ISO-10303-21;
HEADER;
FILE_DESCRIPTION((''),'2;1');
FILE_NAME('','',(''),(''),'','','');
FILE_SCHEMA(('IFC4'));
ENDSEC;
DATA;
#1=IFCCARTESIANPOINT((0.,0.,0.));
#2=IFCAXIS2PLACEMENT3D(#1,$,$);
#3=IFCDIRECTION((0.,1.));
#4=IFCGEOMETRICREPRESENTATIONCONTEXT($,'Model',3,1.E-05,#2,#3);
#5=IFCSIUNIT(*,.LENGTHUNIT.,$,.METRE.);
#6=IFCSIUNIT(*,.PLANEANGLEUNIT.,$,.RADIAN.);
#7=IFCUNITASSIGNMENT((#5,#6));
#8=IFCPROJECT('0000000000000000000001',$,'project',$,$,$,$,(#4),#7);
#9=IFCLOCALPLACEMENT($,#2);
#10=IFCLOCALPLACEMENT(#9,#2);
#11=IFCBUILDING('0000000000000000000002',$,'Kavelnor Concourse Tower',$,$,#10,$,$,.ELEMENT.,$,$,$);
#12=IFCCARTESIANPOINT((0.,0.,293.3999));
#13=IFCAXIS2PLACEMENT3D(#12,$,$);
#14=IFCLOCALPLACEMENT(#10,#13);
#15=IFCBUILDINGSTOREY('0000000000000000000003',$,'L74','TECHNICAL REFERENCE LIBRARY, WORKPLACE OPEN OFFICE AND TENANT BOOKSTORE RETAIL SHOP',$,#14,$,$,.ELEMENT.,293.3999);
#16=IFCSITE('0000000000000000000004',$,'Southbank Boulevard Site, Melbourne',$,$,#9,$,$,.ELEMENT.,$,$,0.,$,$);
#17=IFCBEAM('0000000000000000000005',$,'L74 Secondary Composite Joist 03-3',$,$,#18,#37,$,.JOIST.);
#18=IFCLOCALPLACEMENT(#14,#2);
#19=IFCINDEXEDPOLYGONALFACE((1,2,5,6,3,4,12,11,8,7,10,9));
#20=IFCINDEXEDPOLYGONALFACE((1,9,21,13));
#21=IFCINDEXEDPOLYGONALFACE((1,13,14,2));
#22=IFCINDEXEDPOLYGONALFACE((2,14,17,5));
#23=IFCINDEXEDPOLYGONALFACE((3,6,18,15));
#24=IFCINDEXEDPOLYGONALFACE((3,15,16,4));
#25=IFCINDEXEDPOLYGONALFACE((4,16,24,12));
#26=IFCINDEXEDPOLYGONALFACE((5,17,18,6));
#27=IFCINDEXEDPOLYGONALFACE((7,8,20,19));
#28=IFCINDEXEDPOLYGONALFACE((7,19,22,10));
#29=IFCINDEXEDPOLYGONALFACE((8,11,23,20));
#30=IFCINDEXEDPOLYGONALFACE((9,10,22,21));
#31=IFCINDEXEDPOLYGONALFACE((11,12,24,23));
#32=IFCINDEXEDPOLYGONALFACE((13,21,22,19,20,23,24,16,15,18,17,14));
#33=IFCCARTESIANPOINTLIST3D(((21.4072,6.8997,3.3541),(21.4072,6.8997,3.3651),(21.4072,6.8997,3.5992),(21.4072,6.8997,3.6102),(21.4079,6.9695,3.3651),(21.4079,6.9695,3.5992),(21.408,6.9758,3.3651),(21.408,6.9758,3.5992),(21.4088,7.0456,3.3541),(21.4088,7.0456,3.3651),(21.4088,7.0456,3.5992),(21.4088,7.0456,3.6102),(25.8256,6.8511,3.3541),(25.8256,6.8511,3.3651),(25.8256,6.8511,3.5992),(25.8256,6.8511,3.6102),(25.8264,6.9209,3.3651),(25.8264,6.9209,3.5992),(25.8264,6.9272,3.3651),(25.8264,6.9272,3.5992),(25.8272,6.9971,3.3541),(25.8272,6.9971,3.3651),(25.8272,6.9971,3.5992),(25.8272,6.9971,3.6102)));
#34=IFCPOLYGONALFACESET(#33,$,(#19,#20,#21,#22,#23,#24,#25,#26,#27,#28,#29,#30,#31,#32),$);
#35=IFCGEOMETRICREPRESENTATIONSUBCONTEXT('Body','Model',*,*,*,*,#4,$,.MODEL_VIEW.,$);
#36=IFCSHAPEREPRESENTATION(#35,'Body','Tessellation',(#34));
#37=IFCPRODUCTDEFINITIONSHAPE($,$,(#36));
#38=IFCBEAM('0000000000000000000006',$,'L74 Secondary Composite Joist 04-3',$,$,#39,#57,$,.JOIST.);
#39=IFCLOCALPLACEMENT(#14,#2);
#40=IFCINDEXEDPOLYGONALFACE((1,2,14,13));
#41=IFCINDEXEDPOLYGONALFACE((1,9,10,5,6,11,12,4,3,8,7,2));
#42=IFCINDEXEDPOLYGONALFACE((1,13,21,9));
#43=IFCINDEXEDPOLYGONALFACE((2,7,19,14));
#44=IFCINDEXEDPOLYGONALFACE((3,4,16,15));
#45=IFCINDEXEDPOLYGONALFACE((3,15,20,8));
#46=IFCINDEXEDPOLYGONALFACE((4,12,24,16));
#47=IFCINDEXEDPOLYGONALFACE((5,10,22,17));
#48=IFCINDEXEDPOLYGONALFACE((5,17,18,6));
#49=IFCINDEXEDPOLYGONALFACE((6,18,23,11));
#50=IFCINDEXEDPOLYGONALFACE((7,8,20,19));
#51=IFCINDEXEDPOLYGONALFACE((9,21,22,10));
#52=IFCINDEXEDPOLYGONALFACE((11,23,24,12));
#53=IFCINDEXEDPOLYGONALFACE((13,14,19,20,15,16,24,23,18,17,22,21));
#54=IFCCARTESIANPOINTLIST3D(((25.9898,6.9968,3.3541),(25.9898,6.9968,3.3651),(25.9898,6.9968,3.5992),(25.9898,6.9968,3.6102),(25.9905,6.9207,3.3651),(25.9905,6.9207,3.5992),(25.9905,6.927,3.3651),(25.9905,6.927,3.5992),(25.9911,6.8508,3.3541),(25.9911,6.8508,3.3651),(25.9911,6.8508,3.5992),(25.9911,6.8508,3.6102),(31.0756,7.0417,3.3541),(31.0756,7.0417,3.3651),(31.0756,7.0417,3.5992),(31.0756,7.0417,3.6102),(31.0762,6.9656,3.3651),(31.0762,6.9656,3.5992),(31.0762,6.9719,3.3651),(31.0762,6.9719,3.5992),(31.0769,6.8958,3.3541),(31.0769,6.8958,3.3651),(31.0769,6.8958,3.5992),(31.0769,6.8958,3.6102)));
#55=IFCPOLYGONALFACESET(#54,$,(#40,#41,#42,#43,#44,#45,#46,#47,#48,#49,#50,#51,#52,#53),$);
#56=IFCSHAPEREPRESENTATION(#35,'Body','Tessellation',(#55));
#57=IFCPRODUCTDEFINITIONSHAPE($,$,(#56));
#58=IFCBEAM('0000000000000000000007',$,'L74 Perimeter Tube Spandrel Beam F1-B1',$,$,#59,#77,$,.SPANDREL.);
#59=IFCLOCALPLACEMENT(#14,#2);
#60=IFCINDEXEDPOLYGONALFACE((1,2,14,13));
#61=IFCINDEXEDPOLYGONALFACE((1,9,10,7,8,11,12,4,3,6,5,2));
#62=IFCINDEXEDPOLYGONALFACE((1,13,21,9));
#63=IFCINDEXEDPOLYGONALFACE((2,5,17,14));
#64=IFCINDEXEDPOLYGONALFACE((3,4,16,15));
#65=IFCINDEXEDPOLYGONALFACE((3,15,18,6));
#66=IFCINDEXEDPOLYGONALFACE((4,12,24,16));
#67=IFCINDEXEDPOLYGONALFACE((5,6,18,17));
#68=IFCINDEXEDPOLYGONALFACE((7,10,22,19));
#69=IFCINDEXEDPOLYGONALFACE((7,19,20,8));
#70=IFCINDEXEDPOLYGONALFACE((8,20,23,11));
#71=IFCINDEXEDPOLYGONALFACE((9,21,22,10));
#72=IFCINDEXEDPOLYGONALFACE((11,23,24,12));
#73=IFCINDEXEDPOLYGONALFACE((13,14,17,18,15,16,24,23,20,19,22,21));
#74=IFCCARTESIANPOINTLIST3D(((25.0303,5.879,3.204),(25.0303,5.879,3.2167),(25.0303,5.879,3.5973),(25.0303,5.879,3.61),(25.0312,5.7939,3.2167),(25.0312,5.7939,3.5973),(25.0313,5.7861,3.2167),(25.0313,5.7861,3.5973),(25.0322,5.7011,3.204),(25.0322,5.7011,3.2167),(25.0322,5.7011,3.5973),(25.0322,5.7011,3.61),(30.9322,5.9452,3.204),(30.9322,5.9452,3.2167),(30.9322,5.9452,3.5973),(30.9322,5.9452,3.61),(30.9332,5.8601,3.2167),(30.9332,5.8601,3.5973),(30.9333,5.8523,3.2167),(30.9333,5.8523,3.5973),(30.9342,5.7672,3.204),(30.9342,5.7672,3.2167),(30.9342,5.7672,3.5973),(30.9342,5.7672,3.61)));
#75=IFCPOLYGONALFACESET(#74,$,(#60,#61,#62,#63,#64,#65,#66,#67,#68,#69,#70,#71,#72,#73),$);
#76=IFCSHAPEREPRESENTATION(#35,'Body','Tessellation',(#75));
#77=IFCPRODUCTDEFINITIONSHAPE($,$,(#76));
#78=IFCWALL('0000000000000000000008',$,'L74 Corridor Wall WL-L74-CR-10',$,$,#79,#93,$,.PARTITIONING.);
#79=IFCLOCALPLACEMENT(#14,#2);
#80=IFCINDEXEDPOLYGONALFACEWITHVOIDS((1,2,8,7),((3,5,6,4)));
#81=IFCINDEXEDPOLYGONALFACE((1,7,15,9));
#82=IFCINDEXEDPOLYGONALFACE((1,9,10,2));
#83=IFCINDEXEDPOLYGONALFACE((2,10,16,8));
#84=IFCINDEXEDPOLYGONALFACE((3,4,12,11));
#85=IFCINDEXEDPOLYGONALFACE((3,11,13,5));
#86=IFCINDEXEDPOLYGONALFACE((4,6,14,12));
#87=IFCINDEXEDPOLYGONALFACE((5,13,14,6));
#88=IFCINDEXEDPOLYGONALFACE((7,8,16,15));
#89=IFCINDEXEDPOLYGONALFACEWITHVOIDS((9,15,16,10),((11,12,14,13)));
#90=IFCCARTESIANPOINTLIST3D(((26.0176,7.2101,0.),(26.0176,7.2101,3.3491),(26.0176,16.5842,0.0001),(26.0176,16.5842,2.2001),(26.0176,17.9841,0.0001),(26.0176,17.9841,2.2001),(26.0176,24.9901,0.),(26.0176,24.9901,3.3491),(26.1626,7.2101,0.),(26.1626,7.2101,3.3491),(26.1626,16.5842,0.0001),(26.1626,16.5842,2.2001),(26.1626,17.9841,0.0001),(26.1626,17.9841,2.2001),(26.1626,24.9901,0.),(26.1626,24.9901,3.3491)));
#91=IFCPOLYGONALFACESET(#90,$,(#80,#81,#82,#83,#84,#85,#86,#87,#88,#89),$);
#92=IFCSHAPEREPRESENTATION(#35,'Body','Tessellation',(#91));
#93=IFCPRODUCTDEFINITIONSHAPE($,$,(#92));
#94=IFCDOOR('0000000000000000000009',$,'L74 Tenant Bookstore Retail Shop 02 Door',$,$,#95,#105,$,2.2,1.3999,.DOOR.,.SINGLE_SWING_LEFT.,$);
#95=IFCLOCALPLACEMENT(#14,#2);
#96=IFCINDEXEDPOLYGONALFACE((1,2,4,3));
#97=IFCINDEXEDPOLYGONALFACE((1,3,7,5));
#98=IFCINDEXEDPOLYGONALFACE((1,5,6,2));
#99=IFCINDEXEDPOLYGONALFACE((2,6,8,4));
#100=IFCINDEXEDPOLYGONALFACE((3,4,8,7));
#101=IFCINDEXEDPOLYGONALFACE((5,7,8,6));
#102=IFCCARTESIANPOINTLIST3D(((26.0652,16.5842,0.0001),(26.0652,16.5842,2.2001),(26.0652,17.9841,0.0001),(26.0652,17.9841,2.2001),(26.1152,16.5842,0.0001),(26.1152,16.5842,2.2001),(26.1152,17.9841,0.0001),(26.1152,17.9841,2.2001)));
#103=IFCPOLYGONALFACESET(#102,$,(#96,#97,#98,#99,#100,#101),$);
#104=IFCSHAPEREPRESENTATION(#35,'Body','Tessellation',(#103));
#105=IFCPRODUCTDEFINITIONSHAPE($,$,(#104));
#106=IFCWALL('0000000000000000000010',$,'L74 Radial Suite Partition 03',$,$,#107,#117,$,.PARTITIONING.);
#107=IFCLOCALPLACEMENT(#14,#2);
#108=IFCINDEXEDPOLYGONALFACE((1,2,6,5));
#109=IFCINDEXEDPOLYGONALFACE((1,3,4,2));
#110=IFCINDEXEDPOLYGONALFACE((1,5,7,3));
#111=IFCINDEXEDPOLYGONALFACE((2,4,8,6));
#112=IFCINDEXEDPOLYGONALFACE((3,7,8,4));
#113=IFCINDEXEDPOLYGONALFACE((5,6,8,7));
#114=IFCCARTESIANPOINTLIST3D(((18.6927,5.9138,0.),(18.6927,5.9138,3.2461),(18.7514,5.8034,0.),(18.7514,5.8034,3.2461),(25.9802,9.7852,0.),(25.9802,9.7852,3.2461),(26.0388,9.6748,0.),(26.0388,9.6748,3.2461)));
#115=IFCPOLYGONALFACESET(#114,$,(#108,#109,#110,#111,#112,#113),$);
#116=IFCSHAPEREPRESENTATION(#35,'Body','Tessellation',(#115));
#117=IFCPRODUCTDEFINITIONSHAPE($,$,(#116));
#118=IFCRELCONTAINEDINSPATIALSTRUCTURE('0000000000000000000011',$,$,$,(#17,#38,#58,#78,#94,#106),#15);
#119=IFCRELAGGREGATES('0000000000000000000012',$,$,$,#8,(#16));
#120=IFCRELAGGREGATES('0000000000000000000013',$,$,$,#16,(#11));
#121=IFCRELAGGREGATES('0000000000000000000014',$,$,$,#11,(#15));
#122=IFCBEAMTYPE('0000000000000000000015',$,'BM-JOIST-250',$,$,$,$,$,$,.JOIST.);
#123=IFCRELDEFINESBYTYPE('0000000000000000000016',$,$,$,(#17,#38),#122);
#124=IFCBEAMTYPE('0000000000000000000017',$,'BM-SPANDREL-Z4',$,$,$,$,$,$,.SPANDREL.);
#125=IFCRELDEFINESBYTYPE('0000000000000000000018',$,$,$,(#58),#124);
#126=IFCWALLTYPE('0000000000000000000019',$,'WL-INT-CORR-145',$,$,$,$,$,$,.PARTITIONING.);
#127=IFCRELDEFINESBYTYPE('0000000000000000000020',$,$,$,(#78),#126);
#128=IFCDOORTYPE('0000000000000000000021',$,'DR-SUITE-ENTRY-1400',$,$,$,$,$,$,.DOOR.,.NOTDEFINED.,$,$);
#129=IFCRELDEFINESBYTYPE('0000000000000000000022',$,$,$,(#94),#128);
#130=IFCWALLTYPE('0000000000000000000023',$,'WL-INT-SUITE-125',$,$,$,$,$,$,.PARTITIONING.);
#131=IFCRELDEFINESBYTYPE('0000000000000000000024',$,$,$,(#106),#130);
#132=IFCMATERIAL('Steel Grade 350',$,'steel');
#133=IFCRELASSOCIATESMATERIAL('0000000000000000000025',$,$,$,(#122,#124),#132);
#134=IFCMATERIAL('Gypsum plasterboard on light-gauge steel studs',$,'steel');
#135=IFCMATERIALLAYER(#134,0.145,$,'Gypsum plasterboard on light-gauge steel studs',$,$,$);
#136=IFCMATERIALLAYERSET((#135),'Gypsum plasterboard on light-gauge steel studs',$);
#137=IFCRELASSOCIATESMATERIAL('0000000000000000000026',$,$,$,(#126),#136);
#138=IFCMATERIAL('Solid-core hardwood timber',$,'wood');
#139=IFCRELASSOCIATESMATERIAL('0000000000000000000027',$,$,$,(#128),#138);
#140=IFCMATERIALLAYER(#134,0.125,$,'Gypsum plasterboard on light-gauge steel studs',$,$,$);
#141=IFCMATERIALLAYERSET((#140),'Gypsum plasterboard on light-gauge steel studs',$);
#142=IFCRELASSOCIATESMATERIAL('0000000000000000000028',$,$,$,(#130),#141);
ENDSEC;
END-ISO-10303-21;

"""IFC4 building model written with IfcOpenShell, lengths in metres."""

from ifc_helpers import new_model, si_unit, direction, frame, frame_2d, origin, origin_2d, place, context, subcontext, project, spatial, rectangle, i_section, extrude, material, layer, layer_set, material_profile, profile_set, type_object, element, fill, save


model = new_model("IFC4")

# Units and contexts
model_context = context("Model", 3, precision=1e-05, world=origin(), true_north=direction((0.0, 1.0)))
body_context = subcontext(model_context, "Body", "Model", "MODEL_VIEW")
ifc_project = project(units=[si_unit("LENGTHUNIT", "METRE"), si_unit("PLANEANGLEUNIT", "RADIAN")], contexts=[model_context])

# Site, building, storey
site_placement = place(None, origin())
site = spatial("IfcSite", under=ifc_project, at=site_placement, Name="Southbank Boulevard Site, Melbourne", CompositionType="ELEMENT", RefElevation=0.0)
building_placement = place(site_placement, origin())
building = spatial("IfcBuilding", under=site, at=building_placement, Name="Kavelnor Concourse Tower", CompositionType="ELEMENT")
storey_placement = place(building_placement, frame((0.0, 0.0, 293.3999)))
storey = spatial("IfcBuildingStorey", under=building, at=storey_placement, Name="L74", Description="TECHNICAL REFERENCE LIBRARY, WORKPLACE OPEN OFFICE AND TENANT BOOKSTORE RETAIL SHOP", CompositionType="ELEMENT", Elevation=293.3999)

# Shared definitions
ifc_material_1 = material(Name="Steel Grade 350", Category="steel")

# Beams
ifc_material_profile_1 = material_profile(ifc_material_1, i_section(OverallWidth=0.146, OverallDepth=0.2561, WebThickness=0.0063, FlangeThickness=0.011, at=origin_2d()), Name="250UB37")
ifc_profile_set_1 = profile_set([ifc_material_profile_1], Name="Steel Grade 350")
beam_type_1 = type_object("IfcBeamType", Name="BM-JOIST-250", PredefinedType="JOIST", material=ifc_profile_set_1)
beam_1_placement = place(storey_placement, frame((21.408, 6.9727, 3.4822), z_axis=(0.99994, -0.010995, 0.0), x_axis=(0.010995, 0.99994, 0.0)))
element("IfcBeam", 1, at=beam_1_placement, inside=storey, type_object=beam_type_1, Name="L74 Secondary Composite Joist 03-3", PredefinedType="JOIST", context=body_context, shape_type="SweptSolid", body=[
    extrude(i_section(OverallWidth=0.146, OverallDepth=0.2561, WebThickness=0.0063, FlangeThickness=0.011, at=origin_2d()), origin(), (0.0, 0.0, 1.0), 4.4187),
])
beam_2_placement = place(storey_placement, frame((25.9905, 6.9238, 3.4822), z_axis=(0.999961, 0.008833, 0.0), x_axis=(-0.008833, 0.999961, 0.0)))
element("IfcBeam", 2, at=beam_2_placement, inside=storey, type_object=beam_type_1, Name="L74 Secondary Composite Joist 04-3", PredefinedType="JOIST", context=body_context, shape_type="SweptSolid", body=[
    extrude(i_section(OverallWidth=0.146, OverallDepth=0.2561, WebThickness=0.0063, FlangeThickness=0.011, at=origin_2d()), origin(), (0.0, 0.0, 1.0), 5.0859),
])
ifc_material_profile_2 = material_profile(ifc_material_1, i_section(OverallWidth=0.178, OverallDepth=0.406, WebThickness=0.0078, FlangeThickness=0.0127, at=origin_2d()), Name="410UB59")
ifc_profile_set_2 = profile_set([ifc_material_profile_2], Name="Steel Grade 350")
beam_type_2 = type_object("IfcBeamType", Name="BM-SPANDREL-Z4", PredefinedType="SPANDREL", material=ifc_profile_set_2)
beam_3_placement = place(storey_placement, frame((25.0312, 5.79, 3.407), z_axis=(0.999937, 0.01121, 0.0), x_axis=(-0.01121, 0.999937, 0.0)))
element("IfcBeam", 3, at=beam_3_placement, inside=storey, type_object=beam_type_2, Name="L74 Perimeter Tube Spandrel Beam F1-B1", PredefinedType="SPANDREL", context=body_context, shape_type="SweptSolid", body=[
    extrude(i_section(OverallWidth=0.178, OverallDepth=0.406, WebThickness=0.0078, FlangeThickness=0.0127, at=origin_2d()), origin(), (0.0, 0.0, 1.0), 5.9023),
])

# Wall, opening, door
ifc_material_2 = material(Name="Gypsum plasterboard on light-gauge steel studs", Category="steel")
ifc_layer_1 = layer(ifc_material_2, 0.145, Name="Gypsum plasterboard on light-gauge steel studs")
ifc_layer_set_1 = layer_set([ifc_layer_1], Name="Gypsum plasterboard on light-gauge steel studs")
wall_type_1 = type_object("IfcWallType", Name="WL-INT-CORR-145", PredefinedType="PARTITIONING", material=ifc_layer_set_1)
wall_1_placement = place(storey_placement, frame((26.0901, 7.21, 0.0), z_axis=(0.0, 0.0, 1.0), x_axis=(0.0, 1.0, 0.0)))
wall_1 = element("IfcWall", 4, at=wall_1_placement, inside=storey, type_object=wall_type_1, Name="L74 Corridor Wall WL-L74-CR-10", PredefinedType="PARTITIONING", context=body_context, shape_type="SweptSolid", body=[
    extrude(rectangle(XDim=17.78, YDim=0.145, at=frame_2d((8.8901, 0.0))), origin(), (0.0, 0.0, 1.0), 3.3491),
])
opening_placement = place(wall_1_placement, frame((9.3743, 0.0, 0.0)))
opening = element("IfcOpeningElement", 5, at=opening_placement, cuts=wall_1, PredefinedType="OPENING", context=body_context, shape_type="SweptSolid", body=[
    extrude(rectangle(XDim=1.3999, YDim=2.2, at=frame_2d((0.7, 1.1001))), frame((0.0, 0.0825, 0.0), z_axis=(0.0, -1.0, 0.0), x_axis=(1.0, 0.0, 0.0)), (0.0, 0.0, 1.0), 0.165),
])
ifc_material_3 = material(Name="Solid-core hardwood timber", Category="wood")
door_type = type_object("IfcDoorType", Name="DR-SUITE-ENTRY-1400", OperationType="NOTDEFINED", PredefinedType="DOOR", material=ifc_material_3)
door_placement = place(opening_placement, origin())
door = element("IfcDoor", 6, at=door_placement, inside=storey, type_object=door_type, Name="L74 Tenant Bookstore Retail Shop 02 Door", OperationType="SINGLE_SWING_LEFT", OverallHeight=2.2, OverallWidth=1.3999, PredefinedType="DOOR", context=body_context, shape_type="SweptSolid", body=[
    extrude(rectangle(XDim=1.3999, YDim=2.2, at=frame_2d((0.7, 1.1001))), frame((0.0, 0.0249, 0.0), z_axis=(0.0, -1.0, 0.0), x_axis=(1.0, 0.0, 0.0)), (0.0, 0.0, 1.0), 0.05),
])
fill(opening, door)

# Wall
ifc_layer_2 = layer(ifc_material_2, 0.125, Name="Gypsum plasterboard on light-gauge steel studs")
ifc_layer_set_2 = layer_set([ifc_layer_2], Name="Gypsum plasterboard on light-gauge steel studs")
wall_type_2 = type_object("IfcWallType", Name="WL-INT-SUITE-125", PredefinedType="PARTITIONING", material=ifc_layer_set_2)
wall_2_placement = place(storey_placement, frame((26.0095, 9.73, 0.0), z_axis=(0.0, 0.0, 1.0), x_axis=(-0.883119, -0.469149, 0.0)))
element("IfcWall", 7, at=wall_2_placement, inside=storey, type_object=wall_type_2, Name="L74 Radial Suite Partition 03", PredefinedType="PARTITIONING", context=body_context, shape_type="SweptSolid", body=[
    extrude(rectangle(XDim=8.252, YDim=0.125, at=frame_2d((4.126, 0.0))), origin(), (0.0, 0.0, 1.0), 3.2461),
])

save(model, "model.ifc")
